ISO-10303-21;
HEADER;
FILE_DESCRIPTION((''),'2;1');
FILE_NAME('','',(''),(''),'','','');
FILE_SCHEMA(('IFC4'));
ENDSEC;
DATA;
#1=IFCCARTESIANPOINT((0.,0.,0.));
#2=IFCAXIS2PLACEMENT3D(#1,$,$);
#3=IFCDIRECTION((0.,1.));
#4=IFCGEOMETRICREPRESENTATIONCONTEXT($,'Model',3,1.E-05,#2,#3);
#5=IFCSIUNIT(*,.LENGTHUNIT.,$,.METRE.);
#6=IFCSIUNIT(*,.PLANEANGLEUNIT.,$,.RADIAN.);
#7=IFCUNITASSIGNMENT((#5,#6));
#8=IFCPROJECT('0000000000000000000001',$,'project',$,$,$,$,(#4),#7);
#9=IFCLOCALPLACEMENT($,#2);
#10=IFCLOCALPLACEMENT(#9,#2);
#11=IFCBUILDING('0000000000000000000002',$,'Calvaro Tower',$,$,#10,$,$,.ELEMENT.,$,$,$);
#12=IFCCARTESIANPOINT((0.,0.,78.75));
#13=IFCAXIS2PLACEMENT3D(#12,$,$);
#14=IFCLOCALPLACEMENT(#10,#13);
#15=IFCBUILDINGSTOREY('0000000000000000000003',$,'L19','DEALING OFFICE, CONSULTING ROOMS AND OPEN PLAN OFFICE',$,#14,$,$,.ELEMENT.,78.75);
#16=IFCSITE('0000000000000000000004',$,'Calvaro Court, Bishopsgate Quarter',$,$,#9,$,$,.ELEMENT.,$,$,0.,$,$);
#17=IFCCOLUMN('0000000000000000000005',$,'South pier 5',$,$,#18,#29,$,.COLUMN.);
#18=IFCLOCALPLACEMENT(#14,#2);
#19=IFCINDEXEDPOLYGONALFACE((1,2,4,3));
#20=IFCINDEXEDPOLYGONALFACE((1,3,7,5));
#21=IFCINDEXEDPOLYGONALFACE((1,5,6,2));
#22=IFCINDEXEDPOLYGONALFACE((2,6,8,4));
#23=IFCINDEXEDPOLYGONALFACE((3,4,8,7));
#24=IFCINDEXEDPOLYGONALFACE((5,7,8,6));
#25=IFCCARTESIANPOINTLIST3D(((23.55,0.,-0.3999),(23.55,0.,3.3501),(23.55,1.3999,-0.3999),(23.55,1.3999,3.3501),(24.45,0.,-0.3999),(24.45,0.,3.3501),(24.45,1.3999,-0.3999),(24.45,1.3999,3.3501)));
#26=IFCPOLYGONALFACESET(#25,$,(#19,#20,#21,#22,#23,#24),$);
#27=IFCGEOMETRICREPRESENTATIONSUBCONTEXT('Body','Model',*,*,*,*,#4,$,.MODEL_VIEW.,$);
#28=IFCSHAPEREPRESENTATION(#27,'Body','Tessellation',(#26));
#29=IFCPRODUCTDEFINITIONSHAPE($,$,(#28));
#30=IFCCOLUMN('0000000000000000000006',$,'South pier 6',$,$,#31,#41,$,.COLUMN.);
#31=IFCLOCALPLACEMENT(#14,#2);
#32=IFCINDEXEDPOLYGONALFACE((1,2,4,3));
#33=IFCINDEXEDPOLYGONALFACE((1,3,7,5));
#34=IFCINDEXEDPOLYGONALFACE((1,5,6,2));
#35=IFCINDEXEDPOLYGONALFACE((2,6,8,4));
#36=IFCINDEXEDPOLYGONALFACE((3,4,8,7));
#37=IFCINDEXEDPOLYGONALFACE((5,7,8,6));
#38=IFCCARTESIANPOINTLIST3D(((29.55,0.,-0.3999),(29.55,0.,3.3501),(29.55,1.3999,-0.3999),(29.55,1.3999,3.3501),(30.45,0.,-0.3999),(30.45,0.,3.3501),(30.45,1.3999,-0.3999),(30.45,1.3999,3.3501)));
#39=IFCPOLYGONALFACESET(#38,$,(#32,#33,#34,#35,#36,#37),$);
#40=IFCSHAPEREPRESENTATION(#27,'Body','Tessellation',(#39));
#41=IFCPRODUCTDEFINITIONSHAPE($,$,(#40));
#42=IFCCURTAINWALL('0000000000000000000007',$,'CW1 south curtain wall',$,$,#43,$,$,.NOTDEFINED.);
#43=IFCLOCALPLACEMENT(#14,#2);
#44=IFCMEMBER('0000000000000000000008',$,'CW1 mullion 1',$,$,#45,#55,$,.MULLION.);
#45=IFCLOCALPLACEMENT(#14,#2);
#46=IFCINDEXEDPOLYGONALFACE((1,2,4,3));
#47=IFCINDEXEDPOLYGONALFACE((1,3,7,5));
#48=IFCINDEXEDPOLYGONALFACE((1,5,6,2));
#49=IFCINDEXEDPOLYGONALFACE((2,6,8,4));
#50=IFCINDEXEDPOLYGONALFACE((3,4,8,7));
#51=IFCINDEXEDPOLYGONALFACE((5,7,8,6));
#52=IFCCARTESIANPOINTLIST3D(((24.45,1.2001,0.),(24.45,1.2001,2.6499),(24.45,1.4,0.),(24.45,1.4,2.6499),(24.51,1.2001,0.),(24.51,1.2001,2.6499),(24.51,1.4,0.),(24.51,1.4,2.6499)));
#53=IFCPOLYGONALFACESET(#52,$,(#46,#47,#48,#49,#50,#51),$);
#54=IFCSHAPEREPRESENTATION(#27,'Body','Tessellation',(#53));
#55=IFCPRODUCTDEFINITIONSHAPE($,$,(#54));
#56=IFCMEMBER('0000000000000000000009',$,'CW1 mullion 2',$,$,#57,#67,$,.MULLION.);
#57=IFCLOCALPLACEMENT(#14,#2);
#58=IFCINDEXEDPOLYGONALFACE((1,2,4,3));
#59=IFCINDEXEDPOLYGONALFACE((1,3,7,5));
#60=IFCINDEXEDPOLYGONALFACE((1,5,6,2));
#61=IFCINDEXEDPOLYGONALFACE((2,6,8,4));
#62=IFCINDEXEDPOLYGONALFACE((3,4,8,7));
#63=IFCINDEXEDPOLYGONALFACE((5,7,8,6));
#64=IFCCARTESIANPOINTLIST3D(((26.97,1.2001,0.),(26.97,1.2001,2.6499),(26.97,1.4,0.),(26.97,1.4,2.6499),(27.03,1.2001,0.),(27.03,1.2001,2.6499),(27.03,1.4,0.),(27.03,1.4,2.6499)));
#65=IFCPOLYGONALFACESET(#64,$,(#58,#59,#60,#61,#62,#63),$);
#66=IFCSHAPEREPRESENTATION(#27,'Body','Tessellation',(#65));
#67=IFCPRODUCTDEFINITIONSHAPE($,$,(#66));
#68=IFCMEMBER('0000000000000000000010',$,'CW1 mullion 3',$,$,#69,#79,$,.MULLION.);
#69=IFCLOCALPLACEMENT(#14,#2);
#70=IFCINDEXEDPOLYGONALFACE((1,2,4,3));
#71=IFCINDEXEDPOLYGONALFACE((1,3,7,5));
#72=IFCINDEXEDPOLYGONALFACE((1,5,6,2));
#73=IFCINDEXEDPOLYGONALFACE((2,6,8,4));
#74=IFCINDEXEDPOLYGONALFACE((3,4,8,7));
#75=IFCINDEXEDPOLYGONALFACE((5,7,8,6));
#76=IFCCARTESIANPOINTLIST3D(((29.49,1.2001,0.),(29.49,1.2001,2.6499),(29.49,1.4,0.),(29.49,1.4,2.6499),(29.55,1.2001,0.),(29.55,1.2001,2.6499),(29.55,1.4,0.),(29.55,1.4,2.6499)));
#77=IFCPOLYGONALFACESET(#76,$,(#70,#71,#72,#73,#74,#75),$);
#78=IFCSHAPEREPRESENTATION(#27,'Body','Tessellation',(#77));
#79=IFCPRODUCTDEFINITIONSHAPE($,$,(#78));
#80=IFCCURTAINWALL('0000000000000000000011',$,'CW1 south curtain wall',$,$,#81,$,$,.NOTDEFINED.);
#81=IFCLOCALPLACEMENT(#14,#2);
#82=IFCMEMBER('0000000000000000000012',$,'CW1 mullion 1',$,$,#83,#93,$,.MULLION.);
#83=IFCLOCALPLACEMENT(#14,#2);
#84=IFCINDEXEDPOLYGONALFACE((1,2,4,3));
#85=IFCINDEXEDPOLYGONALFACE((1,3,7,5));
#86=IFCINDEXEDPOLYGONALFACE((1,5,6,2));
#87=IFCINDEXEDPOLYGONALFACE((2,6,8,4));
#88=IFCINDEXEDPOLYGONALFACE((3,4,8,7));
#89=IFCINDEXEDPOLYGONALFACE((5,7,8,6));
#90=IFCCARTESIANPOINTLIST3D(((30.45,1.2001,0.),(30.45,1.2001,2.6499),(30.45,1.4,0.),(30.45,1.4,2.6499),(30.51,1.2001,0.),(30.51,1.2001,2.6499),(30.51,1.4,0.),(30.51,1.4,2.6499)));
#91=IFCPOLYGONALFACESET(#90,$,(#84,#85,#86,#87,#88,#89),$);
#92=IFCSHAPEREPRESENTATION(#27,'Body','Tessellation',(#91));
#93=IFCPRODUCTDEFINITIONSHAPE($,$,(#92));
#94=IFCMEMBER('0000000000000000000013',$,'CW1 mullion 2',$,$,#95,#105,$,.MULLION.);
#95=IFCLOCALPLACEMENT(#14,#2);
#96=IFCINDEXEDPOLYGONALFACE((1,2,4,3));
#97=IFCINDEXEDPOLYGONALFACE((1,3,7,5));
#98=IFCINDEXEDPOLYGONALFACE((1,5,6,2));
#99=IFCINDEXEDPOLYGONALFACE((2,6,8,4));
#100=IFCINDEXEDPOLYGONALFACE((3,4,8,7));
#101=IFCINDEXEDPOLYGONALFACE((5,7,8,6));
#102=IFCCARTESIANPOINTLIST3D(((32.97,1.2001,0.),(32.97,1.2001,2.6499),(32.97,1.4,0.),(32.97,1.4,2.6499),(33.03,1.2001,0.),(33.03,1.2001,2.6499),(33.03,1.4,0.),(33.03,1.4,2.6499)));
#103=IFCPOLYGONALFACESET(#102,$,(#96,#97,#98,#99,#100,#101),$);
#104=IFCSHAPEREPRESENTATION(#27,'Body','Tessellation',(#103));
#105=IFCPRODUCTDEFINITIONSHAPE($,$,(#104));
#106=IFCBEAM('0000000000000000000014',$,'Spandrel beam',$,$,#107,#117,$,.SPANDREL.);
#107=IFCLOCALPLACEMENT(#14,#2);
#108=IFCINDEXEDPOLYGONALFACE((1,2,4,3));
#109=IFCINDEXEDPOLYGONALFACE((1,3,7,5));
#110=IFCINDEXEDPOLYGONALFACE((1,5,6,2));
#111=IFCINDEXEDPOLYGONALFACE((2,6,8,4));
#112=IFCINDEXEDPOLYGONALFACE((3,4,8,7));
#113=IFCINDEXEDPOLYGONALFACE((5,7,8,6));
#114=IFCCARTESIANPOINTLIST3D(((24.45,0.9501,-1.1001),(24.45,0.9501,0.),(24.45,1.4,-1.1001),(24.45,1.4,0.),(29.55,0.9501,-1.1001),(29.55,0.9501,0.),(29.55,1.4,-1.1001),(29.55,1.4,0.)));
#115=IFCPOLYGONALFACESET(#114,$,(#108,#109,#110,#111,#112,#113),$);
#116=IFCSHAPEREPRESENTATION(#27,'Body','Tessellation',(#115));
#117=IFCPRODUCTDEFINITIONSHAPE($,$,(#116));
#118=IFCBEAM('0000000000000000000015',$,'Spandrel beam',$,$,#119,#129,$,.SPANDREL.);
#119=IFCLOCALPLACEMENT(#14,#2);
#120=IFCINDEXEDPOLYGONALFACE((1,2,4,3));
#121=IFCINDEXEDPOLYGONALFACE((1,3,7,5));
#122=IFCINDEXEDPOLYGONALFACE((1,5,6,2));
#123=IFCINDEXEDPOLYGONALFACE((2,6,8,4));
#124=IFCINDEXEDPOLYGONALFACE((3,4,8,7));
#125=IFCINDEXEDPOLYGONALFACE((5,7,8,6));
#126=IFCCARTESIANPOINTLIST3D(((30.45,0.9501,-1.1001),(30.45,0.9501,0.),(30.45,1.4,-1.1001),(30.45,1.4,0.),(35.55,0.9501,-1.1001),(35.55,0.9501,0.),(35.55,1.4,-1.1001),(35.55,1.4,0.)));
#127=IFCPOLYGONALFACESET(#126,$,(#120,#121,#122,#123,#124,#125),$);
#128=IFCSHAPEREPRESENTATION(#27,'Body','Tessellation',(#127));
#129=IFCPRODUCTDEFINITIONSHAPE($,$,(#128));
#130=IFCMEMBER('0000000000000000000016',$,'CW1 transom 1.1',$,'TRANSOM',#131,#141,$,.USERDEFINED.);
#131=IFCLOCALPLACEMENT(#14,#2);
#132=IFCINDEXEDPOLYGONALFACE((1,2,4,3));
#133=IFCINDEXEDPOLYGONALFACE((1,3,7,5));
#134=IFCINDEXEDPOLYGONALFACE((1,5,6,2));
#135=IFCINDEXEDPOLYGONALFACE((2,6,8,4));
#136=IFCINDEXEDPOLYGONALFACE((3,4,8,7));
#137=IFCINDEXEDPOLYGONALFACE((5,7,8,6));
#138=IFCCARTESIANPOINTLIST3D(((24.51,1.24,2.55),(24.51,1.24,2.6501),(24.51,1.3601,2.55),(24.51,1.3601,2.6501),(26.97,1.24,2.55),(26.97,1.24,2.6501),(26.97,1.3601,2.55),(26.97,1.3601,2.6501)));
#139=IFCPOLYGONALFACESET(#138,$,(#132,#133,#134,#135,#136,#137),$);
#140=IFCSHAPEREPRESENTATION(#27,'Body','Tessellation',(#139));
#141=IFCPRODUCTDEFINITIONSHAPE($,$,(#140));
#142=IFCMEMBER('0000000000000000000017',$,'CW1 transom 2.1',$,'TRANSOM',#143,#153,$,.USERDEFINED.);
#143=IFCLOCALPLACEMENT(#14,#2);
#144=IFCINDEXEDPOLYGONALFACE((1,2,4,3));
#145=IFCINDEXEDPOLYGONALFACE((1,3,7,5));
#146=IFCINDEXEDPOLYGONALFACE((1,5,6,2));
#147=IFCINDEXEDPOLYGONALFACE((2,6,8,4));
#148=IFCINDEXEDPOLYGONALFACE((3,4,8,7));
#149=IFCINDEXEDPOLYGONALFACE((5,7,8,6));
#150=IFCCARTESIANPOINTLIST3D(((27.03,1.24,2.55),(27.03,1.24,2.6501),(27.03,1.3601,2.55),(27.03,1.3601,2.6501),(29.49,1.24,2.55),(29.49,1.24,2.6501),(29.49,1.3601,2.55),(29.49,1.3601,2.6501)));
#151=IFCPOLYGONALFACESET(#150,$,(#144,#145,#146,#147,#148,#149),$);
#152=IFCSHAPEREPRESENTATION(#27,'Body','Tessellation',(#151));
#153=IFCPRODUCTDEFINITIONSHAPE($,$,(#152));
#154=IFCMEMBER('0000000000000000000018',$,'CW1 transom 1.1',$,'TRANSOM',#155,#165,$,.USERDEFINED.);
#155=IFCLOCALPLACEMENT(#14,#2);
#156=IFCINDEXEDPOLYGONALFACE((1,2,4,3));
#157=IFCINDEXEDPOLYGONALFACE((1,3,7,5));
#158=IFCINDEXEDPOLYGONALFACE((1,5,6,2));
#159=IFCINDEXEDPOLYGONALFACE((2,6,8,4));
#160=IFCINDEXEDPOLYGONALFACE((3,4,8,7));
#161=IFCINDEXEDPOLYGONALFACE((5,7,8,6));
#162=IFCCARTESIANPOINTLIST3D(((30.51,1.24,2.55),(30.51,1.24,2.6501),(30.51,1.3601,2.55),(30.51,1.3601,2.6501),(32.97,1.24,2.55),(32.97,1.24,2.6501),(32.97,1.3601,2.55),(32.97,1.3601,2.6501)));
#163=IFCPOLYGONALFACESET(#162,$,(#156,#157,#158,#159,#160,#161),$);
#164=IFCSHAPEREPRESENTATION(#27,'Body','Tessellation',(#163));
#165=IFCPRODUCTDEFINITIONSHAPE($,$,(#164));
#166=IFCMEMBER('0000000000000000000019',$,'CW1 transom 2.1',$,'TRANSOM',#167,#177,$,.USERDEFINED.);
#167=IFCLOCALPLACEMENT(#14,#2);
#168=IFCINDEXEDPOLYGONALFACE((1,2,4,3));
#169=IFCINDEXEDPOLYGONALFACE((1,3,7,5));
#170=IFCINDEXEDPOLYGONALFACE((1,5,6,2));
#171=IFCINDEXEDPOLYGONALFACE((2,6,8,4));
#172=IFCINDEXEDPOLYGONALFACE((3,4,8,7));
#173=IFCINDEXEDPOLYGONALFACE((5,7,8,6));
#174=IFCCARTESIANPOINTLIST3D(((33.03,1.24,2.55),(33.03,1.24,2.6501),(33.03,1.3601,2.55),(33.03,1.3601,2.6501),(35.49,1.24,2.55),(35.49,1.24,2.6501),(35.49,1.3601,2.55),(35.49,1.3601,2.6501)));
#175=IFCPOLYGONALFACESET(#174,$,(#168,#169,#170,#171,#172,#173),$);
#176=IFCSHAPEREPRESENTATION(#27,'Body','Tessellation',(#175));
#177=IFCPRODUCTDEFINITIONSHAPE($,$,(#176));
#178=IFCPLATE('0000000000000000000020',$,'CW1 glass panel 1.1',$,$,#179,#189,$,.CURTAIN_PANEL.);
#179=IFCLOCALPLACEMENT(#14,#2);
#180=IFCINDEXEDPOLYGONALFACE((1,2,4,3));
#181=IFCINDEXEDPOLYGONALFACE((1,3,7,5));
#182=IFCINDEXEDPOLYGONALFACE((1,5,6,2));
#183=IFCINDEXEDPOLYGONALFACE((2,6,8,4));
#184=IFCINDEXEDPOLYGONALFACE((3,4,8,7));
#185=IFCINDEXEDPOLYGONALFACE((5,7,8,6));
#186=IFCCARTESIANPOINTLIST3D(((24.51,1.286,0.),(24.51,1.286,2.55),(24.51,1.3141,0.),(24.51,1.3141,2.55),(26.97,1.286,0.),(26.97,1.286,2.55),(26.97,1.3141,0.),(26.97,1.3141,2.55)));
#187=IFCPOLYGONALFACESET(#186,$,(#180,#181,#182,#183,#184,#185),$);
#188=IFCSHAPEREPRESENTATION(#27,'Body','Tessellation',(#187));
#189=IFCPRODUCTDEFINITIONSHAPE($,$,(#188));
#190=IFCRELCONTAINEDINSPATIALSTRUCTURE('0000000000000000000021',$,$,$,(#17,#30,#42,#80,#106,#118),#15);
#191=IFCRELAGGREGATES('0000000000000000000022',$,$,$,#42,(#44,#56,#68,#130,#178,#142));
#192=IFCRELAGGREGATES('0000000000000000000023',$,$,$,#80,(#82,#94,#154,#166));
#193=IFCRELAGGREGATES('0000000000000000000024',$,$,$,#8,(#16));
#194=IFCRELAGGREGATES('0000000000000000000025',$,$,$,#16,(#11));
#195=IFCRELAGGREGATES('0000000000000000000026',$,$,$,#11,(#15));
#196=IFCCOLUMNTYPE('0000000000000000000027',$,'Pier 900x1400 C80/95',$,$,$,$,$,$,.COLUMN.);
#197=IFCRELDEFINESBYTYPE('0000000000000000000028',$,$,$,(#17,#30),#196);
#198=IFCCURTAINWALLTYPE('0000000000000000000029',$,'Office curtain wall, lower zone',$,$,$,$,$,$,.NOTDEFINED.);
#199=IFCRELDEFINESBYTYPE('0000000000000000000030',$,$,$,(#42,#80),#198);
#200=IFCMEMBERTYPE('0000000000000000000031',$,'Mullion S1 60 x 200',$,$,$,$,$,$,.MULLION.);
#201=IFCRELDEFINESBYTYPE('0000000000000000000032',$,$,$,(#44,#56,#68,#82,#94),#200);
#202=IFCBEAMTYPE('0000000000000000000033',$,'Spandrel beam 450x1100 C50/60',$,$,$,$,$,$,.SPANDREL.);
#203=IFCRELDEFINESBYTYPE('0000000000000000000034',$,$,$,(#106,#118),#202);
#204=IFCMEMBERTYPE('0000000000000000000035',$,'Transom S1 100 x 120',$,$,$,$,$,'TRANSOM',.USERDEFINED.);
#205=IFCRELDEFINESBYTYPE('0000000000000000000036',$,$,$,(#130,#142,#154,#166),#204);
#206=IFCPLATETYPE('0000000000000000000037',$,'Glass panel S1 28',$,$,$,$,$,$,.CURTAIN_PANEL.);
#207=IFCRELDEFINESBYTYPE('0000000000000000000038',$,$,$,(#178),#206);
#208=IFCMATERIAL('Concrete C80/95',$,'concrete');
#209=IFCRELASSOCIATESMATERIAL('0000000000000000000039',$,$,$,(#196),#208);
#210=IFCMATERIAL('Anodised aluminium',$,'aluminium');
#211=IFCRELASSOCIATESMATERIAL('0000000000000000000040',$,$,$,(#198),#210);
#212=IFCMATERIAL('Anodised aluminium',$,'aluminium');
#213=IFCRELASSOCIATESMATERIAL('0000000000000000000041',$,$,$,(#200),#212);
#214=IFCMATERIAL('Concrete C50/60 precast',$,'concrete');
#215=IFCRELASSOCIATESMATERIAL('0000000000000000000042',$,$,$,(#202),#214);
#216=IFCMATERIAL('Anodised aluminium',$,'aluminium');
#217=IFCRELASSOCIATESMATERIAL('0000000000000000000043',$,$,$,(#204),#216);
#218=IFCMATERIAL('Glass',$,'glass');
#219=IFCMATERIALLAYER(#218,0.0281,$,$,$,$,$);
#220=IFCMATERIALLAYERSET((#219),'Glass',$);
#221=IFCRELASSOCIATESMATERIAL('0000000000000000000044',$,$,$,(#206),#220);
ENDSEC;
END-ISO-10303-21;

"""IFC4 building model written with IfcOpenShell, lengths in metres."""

from ifc_helpers import new_model, si_unit, direction, frame, origin, origin_2d, place, context, subcontext, project, spatial, rectangle, extrude, material, layer, layer_set, material_profile, profile_set, type_object, element, aggregate, save


model = new_model("IFC4")

# Units and contexts
model_context = context("Model", 3, precision=1e-05, world=origin(), true_north=direction((0.0, 1.0)))
body_context = subcontext(model_context, "Body", "Model", "MODEL_VIEW")
ifc_project = project(units=[si_unit("LENGTHUNIT", "METRE"), si_unit("PLANEANGLEUNIT", "RADIAN")], contexts=[model_context])

# Site, building, storey
site_placement = place(None, origin())
site = spatial("IfcSite", under=ifc_project, at=site_placement, Name="Calvaro Court, Bishopsgate Quarter", CompositionType="ELEMENT", RefElevation=0.0)
building_placement = place(site_placement, origin())
building = spatial("IfcBuilding", under=site, at=building_placement, Name="Calvaro Tower", CompositionType="ELEMENT")
storey_placement = place(building_placement, frame((0.0, 0.0, 78.75)))
storey = spatial("IfcBuildingStorey", under=building, at=storey_placement, Name="L19", Description="DEALING OFFICE, CONSULTING ROOMS AND OPEN PLAN OFFICE", CompositionType="ELEMENT", Elevation=78.75)

# Columns
ifc_material_1 = material(Name="Concrete C80/95", Category="concrete")
ifc_material_profile_1 = material_profile(ifc_material_1, rectangle(XDim=0.8999, YDim=1.3999, at=origin_2d()), Name="RC 900x1400")
ifc_profile_set_1 = profile_set([ifc_material_profile_1], Name="Concrete C80/95")
column_type = type_object("IfcColumnType", Name="Pier 900x1400 C80/95", PredefinedType="COLUMN", material=ifc_profile_set_1)
for number, where, z_axis, x_axis, name in (
    (1, (24.0, 0.7, -0.3999), (0.0, 0.0, 1.0), (1.0, 0.0, 0.0), "South pier 5"),
    (2, (30.0, 0.7, -0.3999), (0.0, 0.0, 1.0), (1.0, 0.0, 0.0), "South pier 6"),
):
    element("IfcColumn", number, at=place(storey_placement, frame(where, z_axis=z_axis, x_axis=x_axis)), inside=storey, type_object=column_type, Name=name, PredefinedType="COLUMN", context=body_context, shape_type="SweptSolid", body=[
        extrude(rectangle(XDim=0.8999, YDim=1.3999, at=origin_2d()), origin(), (0.0, 0.0, 1.0), 3.75),
    ])

# Curtain walls, members
ifc_material_2 = material(Name="Anodised aluminium", Category="aluminium")
curtain_wall_type = type_object("IfcCurtainWallType", Name="Office curtain wall, lower zone", PredefinedType="NOTDEFINED", material=ifc_material_2)
curtain_wall_1_placement = place(storey_placement, origin())
curtain_wall_1 = element("IfcCurtainWall", 3, at=curtain_wall_1_placement, inside=storey, type_object=curtain_wall_type, Name="CW1 south curtain wall", PredefinedType="NOTDEFINED")
ifc_material_3 = material(Name="Anodised aluminium", Category="aluminium")
ifc_material_profile_2 = material_profile(ifc_material_3, rectangle(XDim=0.2, YDim=0.0601, at=origin_2d()), Name="Mullion S1 60 x 200")
ifc_profile_set_2 = profile_set([ifc_material_profile_2], Name="Anodised aluminium")
member_type_1 = type_object("IfcMemberType", Name="Mullion S1 60 x 200", PredefinedType="MULLION", material=ifc_profile_set_2)
member_1_placement = place(storey_placement, frame((24.48, 1.3, 0.0), z_axis=(0.0, 0.0, 1.0), x_axis=(0.0, 1.0, 0.0)))
member_1 = element("IfcMember", 4, at=member_1_placement, type_object=member_type_1, Name="CW1 mullion 1", PredefinedType="MULLION", context=body_context, shape_type="SweptSolid", body=[
    extrude(rectangle(XDim=0.2, YDim=0.0601, at=origin_2d()), origin(), (0.0, 0.0, 1.0), 2.6499),
])
member_2_placement = place(storey_placement, frame((27.0, 1.3, 0.0), z_axis=(0.0, 0.0, 1.0), x_axis=(0.0, 1.0, 0.0)))
member_2 = element("IfcMember", 5, at=member_2_placement, type_object=member_type_1, Name="CW1 mullion 2", PredefinedType="MULLION", context=body_context, shape_type="SweptSolid", body=[
    extrude(rectangle(XDim=0.2, YDim=0.0601, at=origin_2d()), origin(), (0.0, 0.0, 1.0), 2.6499),
])
member_3_placement = place(storey_placement, frame((29.52, 1.3, 0.0), z_axis=(0.0, 0.0, 1.0), x_axis=(0.0, 1.0, 0.0)))
member_3 = element("IfcMember", 6, at=member_3_placement, type_object=member_type_1, Name="CW1 mullion 3", PredefinedType="MULLION", context=body_context, shape_type="SweptSolid", body=[
    extrude(rectangle(XDim=0.2, YDim=0.0601, at=origin_2d()), origin(), (0.0, 0.0, 1.0), 2.6499),
])
curtain_wall_2_placement = place(storey_placement, origin())
curtain_wall_2 = element("IfcCurtainWall", 7, at=curtain_wall_2_placement, inside=storey, type_object=curtain_wall_type, Name="CW1 south curtain wall", PredefinedType="NOTDEFINED")
member_4_placement = place(storey_placement, frame((30.48, 1.3, 0.0), z_axis=(0.0, 0.0, 1.0), x_axis=(0.0, 1.0, 0.0)))
member_4 = element("IfcMember", 8, at=member_4_placement, type_object=member_type_1, Name="CW1 mullion 1", PredefinedType="MULLION", context=body_context, shape_type="SweptSolid", body=[
    extrude(rectangle(XDim=0.2, YDim=0.0601, at=origin_2d()), origin(), (0.0, 0.0, 1.0), 2.6499),
])
member_5_placement = place(storey_placement, frame((33.0, 1.3, 0.0), z_axis=(0.0, 0.0, 1.0), x_axis=(0.0, 1.0, 0.0)))
member_5 = element("IfcMember", 9, at=member_5_placement, type_object=member_type_1, Name="CW1 mullion 2", PredefinedType="MULLION", context=body_context, shape_type="SweptSolid", body=[
    extrude(rectangle(XDim=0.2, YDim=0.0601, at=origin_2d()), origin(), (0.0, 0.0, 1.0), 2.6499),
])

# Beams
ifc_material_4 = material(Name="Concrete C50/60 precast", Category="concrete")
ifc_material_profile_3 = material_profile(ifc_material_4, rectangle(XDim=0.45, YDim=1.1001, at=origin_2d()), Name="RC 450x1100")
ifc_profile_set_3 = profile_set([ifc_material_profile_3], Name="Concrete C50/60 precast")
beam_type = type_object("IfcBeamType", Name="Spandrel beam 450x1100 C50/60", PredefinedType="SPANDREL", material=ifc_profile_set_3)
for number, where, z_axis, x_axis, name in (
    (10, (24.45, 1.175, -0.55), (1.0, 0.0, 0.0), (0.0, 1.0, 0.0), "Spandrel beam"),
    (11, (30.45, 1.175, -0.55), (1.0, 0.0, 0.0), (0.0, 1.0, 0.0), "Spandrel beam"),
):
    element("IfcBeam", number, at=place(storey_placement, frame(where, z_axis=z_axis, x_axis=x_axis)), inside=storey, type_object=beam_type, Name=name, PredefinedType="SPANDREL", context=body_context, shape_type="SweptSolid", body=[
        extrude(rectangle(XDim=0.45, YDim=1.1001, at=origin_2d()), origin(), (0.0, 0.0, 1.0), 5.1001),
    ])

# Members
ifc_material_5 = material(Name="Anodised aluminium", Category="aluminium")
ifc_material_profile_4 = material_profile(ifc_material_5, rectangle(XDim=0.1201, YDim=0.1001, at=origin_2d()), Name="Transom S1 100 x 120")
ifc_profile_set_4 = profile_set([ifc_material_profile_4], Name="Anodised aluminium")
member_type_2 = type_object("IfcMemberType", Name="Transom S1 100 x 120", ElementType="TRANSOM", PredefinedType="USERDEFINED", material=ifc_profile_set_4)
member_6_placement = place(storey_placement, frame((24.51, 1.3, 2.6001), z_axis=(1.0, 0.0, 0.0), x_axis=(0.0, 1.0, 0.0)))
member_6 = element("IfcMember", 12, at=member_6_placement, type_object=member_type_2, Name="CW1 transom 1.1", ObjectType="TRANSOM", PredefinedType="USERDEFINED", context=body_context, shape_type="SweptSolid", body=[
    extrude(rectangle(XDim=0.1201, YDim=0.1001, at=origin_2d()), origin(), (0.0, 0.0, 1.0), 2.46),
])
member_7_placement = place(storey_placement, frame((27.03, 1.3, 2.6001), z_axis=(1.0, 0.0, 0.0), x_axis=(0.0, 1.0, 0.0)))
member_7 = element("IfcMember", 13, at=member_7_placement, type_object=member_type_2, Name="CW1 transom 2.1", ObjectType="TRANSOM", PredefinedType="USERDEFINED", context=body_context, shape_type="SweptSolid", body=[
    extrude(rectangle(XDim=0.1201, YDim=0.1001, at=origin_2d()), origin(), (0.0, 0.0, 1.0), 2.46),
])
member_8_placement = place(storey_placement, frame((30.51, 1.3, 2.6001), z_axis=(1.0, 0.0, 0.0), x_axis=(0.0, 1.0, 0.0)))
member_8 = element("IfcMember", 14, at=member_8_placement, type_object=member_type_2, Name="CW1 transom 1.1", ObjectType="TRANSOM", PredefinedType="USERDEFINED", context=body_context, shape_type="SweptSolid", body=[
    extrude(rectangle(XDim=0.1201, YDim=0.1001, at=origin_2d()), origin(), (0.0, 0.0, 1.0), 2.46),
])
member_9_placement = place(storey_placement, frame((33.03, 1.3, 2.6001), z_axis=(1.0, 0.0, 0.0), x_axis=(0.0, 1.0, 0.0)))
member_9 = element("IfcMember", 15, at=member_9_placement, type_object=member_type_2, Name="CW1 transom 2.1", ObjectType="TRANSOM", PredefinedType="USERDEFINED", context=body_context, shape_type="SweptSolid", body=[
    extrude(rectangle(XDim=0.1201, YDim=0.1001, at=origin_2d()), origin(), (0.0, 0.0, 1.0), 2.46),
])

# Plate
ifc_material_6 = material(Name="Glass", Category="glass")
ifc_layer = layer(ifc_material_6, 0.0281)
ifc_layer_set = layer_set([ifc_layer], Name="Glass")
plate_type = type_object("IfcPlateType", Name="Glass panel S1 28", PredefinedType="CURTAIN_PANEL", material=ifc_layer_set)
plate_1_placement = place(storey_placement, frame((25.74, 1.3, 0.0), z_axis=(0.0, 0.0, 1.0), x_axis=(1.0, 0.0, 0.0)))
plate_1 = element("IfcPlate", 16, at=plate_1_placement, type_object=plate_type, Name="CW1 glass panel 1.1", PredefinedType="CURTAIN_PANEL", context=body_context, shape_type="SweptSolid", body=[
    extrude(rectangle(XDim=2.46, YDim=0.0281, at=origin_2d()), origin(), (0.0, 0.0, 1.0), 2.55),
])
aggregate(curtain_wall_1, [member_1, member_2, member_3, member_6, plate_1, member_7])
aggregate(curtain_wall_2, [member_4, member_5, member_8, member_9])

save(model, "model.ifc")
